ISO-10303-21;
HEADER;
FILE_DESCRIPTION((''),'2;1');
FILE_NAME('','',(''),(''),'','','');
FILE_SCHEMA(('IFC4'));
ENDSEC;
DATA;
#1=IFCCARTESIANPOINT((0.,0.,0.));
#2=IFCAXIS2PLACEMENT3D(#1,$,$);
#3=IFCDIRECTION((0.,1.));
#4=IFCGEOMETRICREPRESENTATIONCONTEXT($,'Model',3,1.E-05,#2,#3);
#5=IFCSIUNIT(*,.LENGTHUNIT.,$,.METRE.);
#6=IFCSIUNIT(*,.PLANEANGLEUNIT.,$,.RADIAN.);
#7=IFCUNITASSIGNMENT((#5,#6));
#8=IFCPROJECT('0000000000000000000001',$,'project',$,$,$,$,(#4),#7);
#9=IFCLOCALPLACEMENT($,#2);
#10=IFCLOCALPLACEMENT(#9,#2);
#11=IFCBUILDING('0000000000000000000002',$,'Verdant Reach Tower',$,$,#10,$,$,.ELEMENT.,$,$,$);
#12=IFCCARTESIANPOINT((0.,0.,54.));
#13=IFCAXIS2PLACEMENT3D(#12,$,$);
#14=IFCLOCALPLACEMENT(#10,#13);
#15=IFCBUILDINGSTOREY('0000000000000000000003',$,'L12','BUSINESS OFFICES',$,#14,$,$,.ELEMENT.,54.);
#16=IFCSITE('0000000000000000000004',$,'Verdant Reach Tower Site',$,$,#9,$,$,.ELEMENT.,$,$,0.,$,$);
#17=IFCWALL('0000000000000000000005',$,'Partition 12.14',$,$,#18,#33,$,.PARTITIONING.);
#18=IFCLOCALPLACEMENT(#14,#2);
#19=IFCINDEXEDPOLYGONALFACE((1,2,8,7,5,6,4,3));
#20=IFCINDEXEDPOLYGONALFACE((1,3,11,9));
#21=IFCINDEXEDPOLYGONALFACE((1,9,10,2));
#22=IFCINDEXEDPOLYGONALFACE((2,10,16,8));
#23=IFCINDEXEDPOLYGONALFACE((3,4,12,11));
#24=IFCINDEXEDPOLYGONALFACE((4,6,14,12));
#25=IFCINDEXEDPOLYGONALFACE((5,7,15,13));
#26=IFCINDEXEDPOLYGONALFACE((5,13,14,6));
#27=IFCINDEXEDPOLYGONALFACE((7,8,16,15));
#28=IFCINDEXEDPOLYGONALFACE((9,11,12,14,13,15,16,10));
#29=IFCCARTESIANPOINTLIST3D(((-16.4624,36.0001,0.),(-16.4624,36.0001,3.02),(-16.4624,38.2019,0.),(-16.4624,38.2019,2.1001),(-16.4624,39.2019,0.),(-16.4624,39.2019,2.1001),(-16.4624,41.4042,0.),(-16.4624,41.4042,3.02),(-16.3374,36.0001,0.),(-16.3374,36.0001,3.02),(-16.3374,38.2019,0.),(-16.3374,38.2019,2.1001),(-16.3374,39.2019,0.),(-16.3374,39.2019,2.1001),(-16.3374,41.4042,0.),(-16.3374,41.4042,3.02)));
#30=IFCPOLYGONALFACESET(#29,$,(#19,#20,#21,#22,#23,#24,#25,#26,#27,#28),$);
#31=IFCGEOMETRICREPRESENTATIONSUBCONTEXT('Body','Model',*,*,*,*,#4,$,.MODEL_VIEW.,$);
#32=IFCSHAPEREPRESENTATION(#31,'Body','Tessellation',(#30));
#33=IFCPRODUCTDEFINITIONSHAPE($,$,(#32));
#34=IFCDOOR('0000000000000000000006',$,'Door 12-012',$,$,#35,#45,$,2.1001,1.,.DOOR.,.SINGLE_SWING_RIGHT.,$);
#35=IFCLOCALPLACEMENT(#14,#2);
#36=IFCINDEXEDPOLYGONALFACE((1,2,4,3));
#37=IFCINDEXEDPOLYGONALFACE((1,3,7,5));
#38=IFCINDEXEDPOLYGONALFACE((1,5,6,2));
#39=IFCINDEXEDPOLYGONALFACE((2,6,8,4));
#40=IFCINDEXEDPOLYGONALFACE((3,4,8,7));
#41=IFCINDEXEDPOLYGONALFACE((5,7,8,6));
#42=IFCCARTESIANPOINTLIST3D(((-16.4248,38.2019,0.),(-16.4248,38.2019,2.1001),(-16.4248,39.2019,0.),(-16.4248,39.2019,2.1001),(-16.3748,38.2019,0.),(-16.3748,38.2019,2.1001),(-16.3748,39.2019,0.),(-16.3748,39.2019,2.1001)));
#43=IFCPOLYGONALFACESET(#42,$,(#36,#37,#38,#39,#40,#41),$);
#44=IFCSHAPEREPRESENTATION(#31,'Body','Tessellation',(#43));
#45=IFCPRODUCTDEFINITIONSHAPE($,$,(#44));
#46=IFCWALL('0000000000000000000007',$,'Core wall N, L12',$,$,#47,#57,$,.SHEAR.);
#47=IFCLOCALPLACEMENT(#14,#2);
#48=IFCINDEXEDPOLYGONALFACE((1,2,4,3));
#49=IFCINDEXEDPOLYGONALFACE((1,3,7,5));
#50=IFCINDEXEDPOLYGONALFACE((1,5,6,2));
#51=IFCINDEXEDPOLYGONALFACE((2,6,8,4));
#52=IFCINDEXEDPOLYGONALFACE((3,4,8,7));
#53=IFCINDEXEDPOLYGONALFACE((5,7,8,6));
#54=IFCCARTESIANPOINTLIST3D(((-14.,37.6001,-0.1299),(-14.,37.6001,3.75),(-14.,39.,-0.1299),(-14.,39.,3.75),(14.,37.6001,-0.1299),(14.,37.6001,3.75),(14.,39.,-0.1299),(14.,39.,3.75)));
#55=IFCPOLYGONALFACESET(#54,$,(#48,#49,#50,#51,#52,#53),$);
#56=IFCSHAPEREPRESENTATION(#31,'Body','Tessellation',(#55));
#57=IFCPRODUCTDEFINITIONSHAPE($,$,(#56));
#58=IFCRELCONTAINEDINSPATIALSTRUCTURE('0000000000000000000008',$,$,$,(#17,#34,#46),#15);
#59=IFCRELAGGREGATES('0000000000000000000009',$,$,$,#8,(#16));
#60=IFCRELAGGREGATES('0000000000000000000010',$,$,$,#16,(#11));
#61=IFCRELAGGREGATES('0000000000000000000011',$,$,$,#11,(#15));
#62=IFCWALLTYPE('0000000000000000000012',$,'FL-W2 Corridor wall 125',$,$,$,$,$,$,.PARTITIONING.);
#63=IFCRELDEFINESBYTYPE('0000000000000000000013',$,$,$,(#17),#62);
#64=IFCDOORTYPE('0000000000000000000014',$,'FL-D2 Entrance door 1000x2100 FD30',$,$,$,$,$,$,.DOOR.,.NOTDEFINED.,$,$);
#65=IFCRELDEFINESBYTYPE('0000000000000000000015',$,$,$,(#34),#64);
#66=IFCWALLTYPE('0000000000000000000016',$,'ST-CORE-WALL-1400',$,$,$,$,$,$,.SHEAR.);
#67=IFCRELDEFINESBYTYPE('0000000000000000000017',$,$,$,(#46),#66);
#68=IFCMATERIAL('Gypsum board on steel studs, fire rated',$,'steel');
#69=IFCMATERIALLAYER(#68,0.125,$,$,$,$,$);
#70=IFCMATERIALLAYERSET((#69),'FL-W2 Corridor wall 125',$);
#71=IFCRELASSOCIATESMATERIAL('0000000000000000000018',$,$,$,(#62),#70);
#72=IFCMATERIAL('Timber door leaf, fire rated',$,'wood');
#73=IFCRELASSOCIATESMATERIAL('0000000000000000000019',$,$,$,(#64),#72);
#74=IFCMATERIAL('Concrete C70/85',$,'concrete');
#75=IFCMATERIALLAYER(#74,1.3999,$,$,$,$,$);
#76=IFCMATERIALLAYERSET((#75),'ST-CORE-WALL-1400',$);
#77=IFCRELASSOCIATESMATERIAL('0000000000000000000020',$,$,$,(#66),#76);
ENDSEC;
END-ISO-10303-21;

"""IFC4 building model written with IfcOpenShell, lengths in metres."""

from ifc_helpers import new_model, si_unit, direction, frame, frame_2d, origin, place, context, subcontext, project, spatial, rectangle, extrude, material, layer, layer_set, type_object, element, fill, save


model = new_model("IFC4")

# Units and contexts
model_context = context("Model", 3, precision=1e-05, world=origin(), true_north=direction((0.0, 1.0)))
body_context = subcontext(model_context, "Body", "Model", "MODEL_VIEW")
ifc_project = project(units=[si_unit("LENGTHUNIT", "METRE"), si_unit("PLANEANGLEUNIT", "RADIAN")], contexts=[model_context])

# Site, building, storey
site_placement = place(None, origin())
site = spatial("IfcSite", under=ifc_project, at=site_placement, Name="Verdant Reach Tower Site", CompositionType="ELEMENT", RefElevation=0.0)
building_placement = place(site_placement, origin())
building = spatial("IfcBuilding", under=site, at=building_placement, Name="Verdant Reach Tower", CompositionType="ELEMENT")
storey_placement = place(building_placement, frame((0.0, 0.0, 54.0)))
storey = spatial("IfcBuildingStorey", under=building, at=storey_placement, Name="L12", Description="BUSINESS OFFICES", CompositionType="ELEMENT", Elevation=54.0)

# Wall, opening, door
ifc_material_1 = material(Name="Gypsum board on steel studs, fire rated", Category="steel")
ifc_layer_1 = layer(ifc_material_1, 0.125)
ifc_layer_set_1 = layer_set([ifc_layer_1], Name="FL-W2 Corridor wall 125")
wall_type_1 = type_object("IfcWallType", Name="FL-W2 Corridor wall 125", PredefinedType="PARTITIONING", material=ifc_layer_set_1)
ifc_material_2 = material(Name="Timber door leaf, fire rated", Category="wood")
door_type_1 = type_object("IfcDoorType", Name="FL-D2 Entrance door 1000x2100 FD30", OperationType="NOTDEFINED", PredefinedType="DOOR", material=ifc_material_2)
wall_1_placement = place(storey_placement, frame((-16.3999, 36.0, 0.0), z_axis=(0.0, 0.0, 1.0), x_axis=(0.0, 1.0, 0.0)))
wall_1 = element("IfcWall", 1, at=wall_1_placement, inside=storey, type_object=wall_type_1, Name="Partition 12.14", PredefinedType="PARTITIONING", context=body_context, shape_type="SweptSolid", body=[
    extrude(rectangle(XDim=5.4041, YDim=0.125, at=frame_2d((2.7021, 0.0))), origin(), (0.0, 0.0, 1.0), 3.02),
])
opening_1_placement = place(wall_1_placement, frame((2.2019, 0.0, 0.0)))
opening_1 = element("IfcOpeningElement", 2, at=opening_1_placement, cuts=wall_1, PredefinedType="OPENING", context=body_context, shape_type="SweptSolid", body=[
    extrude(rectangle(XDim=1.0, YDim=2.1001, at=frame_2d((0.5, 1.05))), frame((0.0, 0.0725, 0.0), z_axis=(0.0, -1.0, 0.0), x_axis=(1.0, 0.0, 0.0)), (0.0, 0.0, 1.0), 0.145),
])
door_1_placement = place(opening_1_placement, origin())
door_1 = element("IfcDoor", 3, at=door_1_placement, inside=storey, type_object=door_type_1, Name="Door 12-012", OperationType="SINGLE_SWING_RIGHT", OverallHeight=2.1001, OverallWidth=1.0, PredefinedType="DOOR", context=body_context, shape_type="SweptSolid", body=[
    extrude(rectangle(XDim=1.0, YDim=2.1001, at=frame_2d((0.5, 1.05))), frame((0.0, 0.0249, 0.0), z_axis=(0.0, -1.0, 0.0), x_axis=(1.0, 0.0, 0.0)), (0.0, 0.0, 1.0), 0.05),
])
fill(opening_1, door_1)

# Wall
ifc_material_3 = material(Name="Concrete C70/85", Category="concrete")
ifc_layer_2 = layer(ifc_material_3, 1.3999)
ifc_layer_set_2 = layer_set([ifc_layer_2], Name="ST-CORE-WALL-1400")
wall_type_2 = type_object("IfcWallType", Name="ST-CORE-WALL-1400", PredefinedType="SHEAR", material=ifc_layer_set_2)
wall_2_placement = place(storey_placement, frame((-14.0, 38.3, -0.1299), z_axis=(0.0, 0.0, 1.0), x_axis=(1.0, 0.0, 0.0)))
element("IfcWall", 4, at=wall_2_placement, inside=storey, type_object=wall_type_2, Name="Core wall N, L12", PredefinedType="SHEAR", context=body_context, shape_type="SweptSolid", body=[
    extrude(rectangle(XDim=28.0, YDim=1.3999, at=frame_2d((14.0, 0.0))), origin(), (0.0, 0.0, 1.0), 3.8799),
])

save(model, "model.ifc")
